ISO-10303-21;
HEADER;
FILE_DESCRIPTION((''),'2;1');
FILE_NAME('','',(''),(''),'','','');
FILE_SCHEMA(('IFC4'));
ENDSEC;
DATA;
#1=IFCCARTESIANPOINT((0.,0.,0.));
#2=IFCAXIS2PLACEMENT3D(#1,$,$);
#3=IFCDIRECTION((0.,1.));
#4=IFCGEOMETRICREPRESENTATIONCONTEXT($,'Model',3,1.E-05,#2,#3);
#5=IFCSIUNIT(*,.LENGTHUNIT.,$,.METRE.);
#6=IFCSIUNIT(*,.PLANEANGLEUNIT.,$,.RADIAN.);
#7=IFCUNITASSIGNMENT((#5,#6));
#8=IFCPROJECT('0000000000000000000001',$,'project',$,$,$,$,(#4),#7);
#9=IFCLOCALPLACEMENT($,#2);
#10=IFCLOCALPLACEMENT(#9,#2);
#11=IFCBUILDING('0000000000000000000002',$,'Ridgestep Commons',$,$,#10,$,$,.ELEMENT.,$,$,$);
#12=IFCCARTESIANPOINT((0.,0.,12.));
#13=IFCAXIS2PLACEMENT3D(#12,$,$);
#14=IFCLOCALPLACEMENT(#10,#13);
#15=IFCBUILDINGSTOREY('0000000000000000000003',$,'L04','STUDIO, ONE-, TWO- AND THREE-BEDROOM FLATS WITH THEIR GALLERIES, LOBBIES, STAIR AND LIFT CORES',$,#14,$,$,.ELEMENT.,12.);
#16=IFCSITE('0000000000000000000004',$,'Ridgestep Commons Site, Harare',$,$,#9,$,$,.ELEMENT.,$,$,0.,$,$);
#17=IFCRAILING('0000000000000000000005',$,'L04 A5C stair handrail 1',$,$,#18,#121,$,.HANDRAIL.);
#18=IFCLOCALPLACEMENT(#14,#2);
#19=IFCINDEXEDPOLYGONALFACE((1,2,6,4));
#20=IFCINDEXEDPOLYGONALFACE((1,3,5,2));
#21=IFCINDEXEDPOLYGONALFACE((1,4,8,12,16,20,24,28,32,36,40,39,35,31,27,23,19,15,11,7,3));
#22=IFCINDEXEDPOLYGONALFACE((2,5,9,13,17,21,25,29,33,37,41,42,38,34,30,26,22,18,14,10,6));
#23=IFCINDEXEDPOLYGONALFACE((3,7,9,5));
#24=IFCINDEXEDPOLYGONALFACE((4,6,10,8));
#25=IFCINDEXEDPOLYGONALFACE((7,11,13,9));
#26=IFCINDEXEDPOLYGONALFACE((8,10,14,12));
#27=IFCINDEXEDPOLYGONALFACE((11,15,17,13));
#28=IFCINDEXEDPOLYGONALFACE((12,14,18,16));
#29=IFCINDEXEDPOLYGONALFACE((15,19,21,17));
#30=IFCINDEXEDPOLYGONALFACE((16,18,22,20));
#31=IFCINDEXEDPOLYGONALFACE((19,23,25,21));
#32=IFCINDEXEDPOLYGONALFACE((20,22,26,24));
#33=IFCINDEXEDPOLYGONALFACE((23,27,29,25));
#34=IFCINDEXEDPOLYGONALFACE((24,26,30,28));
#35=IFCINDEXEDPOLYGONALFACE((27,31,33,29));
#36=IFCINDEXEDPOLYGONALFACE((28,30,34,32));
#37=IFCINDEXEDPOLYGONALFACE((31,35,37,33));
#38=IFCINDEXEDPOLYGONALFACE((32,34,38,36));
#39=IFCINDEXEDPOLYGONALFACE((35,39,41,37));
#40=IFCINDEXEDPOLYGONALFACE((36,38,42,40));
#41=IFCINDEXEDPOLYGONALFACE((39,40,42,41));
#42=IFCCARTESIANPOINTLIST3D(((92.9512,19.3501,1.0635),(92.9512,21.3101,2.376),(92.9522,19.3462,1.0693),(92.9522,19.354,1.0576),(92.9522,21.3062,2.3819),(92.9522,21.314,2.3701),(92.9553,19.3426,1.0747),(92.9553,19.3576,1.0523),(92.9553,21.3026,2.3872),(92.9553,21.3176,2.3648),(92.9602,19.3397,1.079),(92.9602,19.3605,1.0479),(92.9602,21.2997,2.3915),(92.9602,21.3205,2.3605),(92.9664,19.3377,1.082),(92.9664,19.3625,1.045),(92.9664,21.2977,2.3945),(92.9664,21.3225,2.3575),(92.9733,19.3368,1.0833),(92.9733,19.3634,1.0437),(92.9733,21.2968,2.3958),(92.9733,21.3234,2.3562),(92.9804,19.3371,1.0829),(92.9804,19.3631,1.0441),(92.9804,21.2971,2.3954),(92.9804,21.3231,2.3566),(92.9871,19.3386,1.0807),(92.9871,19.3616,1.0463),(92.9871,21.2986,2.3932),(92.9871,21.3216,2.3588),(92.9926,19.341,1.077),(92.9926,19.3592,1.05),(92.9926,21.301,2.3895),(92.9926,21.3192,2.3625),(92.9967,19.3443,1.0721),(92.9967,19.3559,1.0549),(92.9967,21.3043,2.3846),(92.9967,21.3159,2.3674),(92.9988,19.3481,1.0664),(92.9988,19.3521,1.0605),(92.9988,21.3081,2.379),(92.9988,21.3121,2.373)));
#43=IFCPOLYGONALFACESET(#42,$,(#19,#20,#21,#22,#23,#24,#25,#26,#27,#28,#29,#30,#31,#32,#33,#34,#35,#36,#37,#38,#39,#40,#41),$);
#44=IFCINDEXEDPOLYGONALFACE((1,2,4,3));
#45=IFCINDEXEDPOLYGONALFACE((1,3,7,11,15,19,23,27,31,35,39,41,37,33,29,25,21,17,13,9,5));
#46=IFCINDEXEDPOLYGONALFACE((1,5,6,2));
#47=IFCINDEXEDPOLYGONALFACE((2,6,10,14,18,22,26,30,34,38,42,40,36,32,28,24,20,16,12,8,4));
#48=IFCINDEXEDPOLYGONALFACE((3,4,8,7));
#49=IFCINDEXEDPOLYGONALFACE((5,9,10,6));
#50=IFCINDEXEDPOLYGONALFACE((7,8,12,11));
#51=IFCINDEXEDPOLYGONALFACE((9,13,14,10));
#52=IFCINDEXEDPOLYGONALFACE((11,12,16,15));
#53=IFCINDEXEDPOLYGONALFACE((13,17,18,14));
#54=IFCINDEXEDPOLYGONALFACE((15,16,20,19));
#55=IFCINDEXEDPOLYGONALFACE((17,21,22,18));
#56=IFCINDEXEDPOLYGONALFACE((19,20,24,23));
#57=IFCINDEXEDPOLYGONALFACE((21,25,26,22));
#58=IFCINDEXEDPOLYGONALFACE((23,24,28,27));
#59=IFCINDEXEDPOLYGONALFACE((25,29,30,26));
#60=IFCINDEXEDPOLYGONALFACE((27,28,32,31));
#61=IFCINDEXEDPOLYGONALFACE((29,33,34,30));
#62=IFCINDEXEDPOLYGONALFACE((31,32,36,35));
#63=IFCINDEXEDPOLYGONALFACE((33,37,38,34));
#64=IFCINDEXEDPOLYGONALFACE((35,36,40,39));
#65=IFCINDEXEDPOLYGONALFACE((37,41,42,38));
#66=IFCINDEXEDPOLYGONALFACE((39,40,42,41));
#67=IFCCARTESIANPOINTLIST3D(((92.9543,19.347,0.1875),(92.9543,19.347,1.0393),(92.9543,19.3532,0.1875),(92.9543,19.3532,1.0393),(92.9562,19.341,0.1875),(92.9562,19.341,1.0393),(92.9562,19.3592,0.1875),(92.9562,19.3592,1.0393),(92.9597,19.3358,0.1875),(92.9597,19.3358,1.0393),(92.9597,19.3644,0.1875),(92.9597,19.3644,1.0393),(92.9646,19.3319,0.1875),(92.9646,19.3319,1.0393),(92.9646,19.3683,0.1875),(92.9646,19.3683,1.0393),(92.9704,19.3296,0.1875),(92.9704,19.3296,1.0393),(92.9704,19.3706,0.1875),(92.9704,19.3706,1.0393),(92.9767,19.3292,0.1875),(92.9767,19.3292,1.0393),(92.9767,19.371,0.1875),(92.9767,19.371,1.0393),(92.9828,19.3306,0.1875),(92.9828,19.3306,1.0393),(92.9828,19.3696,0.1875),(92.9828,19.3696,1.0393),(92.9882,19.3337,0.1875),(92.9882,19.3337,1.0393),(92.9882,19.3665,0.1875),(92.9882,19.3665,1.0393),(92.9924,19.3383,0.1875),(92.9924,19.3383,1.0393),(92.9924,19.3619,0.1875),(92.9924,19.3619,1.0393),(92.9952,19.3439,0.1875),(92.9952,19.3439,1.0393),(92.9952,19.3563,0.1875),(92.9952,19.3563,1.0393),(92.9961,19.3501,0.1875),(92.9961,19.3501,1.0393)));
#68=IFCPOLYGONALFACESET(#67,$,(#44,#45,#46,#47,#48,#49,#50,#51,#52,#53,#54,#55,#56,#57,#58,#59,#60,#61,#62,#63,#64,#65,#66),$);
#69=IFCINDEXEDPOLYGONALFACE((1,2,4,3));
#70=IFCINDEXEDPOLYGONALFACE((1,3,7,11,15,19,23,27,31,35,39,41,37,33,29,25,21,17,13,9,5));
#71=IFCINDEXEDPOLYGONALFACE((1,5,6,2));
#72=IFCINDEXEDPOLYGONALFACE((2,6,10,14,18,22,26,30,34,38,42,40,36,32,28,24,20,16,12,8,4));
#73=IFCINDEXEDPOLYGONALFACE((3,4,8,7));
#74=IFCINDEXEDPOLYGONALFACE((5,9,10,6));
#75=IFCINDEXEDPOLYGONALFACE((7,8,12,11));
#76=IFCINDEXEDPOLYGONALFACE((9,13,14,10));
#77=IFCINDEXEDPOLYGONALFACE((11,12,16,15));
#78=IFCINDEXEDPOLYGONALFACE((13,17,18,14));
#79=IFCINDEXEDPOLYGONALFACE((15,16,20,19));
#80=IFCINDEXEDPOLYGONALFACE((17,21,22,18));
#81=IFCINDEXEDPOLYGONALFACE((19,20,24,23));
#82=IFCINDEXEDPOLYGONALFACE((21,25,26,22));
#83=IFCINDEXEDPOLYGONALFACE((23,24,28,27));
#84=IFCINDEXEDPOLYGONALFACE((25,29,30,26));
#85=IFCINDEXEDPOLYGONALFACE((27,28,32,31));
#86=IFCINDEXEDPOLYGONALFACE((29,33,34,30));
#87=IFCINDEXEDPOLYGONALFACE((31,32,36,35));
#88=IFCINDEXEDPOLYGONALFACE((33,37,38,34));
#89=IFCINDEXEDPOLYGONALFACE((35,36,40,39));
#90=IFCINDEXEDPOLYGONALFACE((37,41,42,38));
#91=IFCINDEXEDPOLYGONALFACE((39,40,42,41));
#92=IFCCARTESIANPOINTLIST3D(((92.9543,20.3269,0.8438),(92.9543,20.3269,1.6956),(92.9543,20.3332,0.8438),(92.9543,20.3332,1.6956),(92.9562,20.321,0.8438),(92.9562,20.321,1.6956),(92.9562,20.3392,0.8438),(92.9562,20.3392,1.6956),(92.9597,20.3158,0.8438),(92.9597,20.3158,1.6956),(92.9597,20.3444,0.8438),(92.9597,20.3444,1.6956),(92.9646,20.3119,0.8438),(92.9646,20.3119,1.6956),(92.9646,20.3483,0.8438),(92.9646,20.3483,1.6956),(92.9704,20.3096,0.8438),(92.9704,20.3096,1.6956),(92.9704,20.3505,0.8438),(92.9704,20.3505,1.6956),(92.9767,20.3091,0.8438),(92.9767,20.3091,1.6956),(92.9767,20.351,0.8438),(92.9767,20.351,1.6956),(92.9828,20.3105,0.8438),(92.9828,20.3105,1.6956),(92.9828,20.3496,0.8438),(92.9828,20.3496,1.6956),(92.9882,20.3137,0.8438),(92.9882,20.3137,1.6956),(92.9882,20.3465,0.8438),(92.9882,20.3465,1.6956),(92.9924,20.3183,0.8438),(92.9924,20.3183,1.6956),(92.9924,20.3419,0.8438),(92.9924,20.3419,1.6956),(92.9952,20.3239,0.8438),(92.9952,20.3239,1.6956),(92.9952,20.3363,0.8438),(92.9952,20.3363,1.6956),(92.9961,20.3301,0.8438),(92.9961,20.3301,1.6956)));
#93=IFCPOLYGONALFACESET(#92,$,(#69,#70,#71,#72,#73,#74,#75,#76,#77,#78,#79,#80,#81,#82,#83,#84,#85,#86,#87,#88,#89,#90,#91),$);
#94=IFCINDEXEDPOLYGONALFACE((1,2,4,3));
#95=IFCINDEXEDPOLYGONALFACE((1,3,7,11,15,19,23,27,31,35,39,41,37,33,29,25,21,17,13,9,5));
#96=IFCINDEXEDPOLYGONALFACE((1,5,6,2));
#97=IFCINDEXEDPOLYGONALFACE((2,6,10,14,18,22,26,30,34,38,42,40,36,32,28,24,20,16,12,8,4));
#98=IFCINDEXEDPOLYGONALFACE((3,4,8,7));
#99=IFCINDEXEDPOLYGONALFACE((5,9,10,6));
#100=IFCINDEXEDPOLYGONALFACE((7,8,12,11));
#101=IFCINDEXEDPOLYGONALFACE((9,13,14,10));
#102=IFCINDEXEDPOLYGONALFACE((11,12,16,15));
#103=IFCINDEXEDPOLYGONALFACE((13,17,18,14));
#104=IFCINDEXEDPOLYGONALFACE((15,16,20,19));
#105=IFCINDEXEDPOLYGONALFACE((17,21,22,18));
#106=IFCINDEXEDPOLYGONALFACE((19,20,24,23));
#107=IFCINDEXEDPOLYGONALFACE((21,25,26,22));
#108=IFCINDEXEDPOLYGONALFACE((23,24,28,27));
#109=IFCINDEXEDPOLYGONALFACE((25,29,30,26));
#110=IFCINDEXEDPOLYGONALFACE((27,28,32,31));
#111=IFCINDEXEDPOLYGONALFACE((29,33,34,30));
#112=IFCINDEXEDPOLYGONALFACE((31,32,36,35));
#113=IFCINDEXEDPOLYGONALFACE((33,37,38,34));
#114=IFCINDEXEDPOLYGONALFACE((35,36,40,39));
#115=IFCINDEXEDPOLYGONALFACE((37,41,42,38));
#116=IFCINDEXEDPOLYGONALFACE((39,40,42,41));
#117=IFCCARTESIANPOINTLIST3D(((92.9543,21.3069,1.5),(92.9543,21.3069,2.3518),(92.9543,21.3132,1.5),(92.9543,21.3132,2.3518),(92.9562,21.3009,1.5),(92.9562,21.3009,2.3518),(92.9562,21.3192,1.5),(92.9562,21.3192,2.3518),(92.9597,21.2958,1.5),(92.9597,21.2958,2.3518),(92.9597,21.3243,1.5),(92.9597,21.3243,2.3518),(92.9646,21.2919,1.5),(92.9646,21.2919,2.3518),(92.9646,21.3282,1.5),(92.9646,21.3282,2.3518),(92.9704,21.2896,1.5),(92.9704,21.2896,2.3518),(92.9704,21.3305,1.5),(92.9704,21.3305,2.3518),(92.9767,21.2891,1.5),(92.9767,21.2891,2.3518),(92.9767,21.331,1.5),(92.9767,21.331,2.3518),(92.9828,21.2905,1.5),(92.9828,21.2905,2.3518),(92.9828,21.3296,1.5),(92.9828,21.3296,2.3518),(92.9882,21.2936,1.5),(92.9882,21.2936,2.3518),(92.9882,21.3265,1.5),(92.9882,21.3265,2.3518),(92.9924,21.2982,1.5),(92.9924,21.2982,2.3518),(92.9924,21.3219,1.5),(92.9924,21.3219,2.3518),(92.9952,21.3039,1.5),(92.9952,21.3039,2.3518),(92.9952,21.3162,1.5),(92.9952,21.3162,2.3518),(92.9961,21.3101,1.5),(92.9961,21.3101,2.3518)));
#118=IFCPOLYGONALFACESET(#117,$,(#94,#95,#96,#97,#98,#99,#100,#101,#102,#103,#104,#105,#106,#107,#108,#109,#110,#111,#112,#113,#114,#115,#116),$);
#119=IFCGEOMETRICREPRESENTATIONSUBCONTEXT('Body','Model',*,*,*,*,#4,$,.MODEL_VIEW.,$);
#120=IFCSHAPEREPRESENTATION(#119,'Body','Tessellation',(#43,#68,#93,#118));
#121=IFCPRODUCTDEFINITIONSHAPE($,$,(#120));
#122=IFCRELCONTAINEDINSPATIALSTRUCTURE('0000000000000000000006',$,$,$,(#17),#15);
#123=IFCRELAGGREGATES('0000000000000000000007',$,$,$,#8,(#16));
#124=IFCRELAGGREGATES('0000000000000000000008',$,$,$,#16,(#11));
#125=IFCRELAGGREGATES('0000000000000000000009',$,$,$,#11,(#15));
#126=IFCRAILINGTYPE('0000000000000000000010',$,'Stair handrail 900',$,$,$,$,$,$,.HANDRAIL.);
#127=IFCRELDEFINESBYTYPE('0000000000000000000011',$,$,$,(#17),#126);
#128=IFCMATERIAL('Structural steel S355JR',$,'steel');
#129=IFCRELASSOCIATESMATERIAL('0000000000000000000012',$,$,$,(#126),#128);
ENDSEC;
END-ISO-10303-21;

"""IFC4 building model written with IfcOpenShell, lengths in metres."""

from ifc_helpers import new_model, si_unit, direction, frame, origin, origin_2d, place, context, subcontext, project, spatial, circle, extrude, material, type_object, element, save


model = new_model("IFC4")

# Units and contexts
model_context = context("Model", 3, precision=1e-05, world=origin(), true_north=direction((0.0, 1.0)))
body_context = subcontext(model_context, "Body", "Model", "MODEL_VIEW")
ifc_project = project(units=[si_unit("LENGTHUNIT", "METRE"), si_unit("PLANEANGLEUNIT", "RADIAN")], contexts=[model_context])

# Site, building, storey
site_placement = place(None, origin())
site = spatial("IfcSite", under=ifc_project, at=site_placement, Name="Ridgestep Commons Site, Harare", CompositionType="ELEMENT", RefElevation=0.0)
building_placement = place(site_placement, origin())
building = spatial("IfcBuilding", under=site, at=building_placement, Name="Ridgestep Commons", CompositionType="ELEMENT")
storey_placement = place(building_placement, frame((0.0, 0.0, 12.0)))
storey = spatial("IfcBuildingStorey", under=building, at=storey_placement, Name="L04", Description="STUDIO, ONE-, TWO- AND THREE-BEDROOM FLATS WITH THEIR GALLERIES, LOBBIES, STAIR AND LIFT CORES", CompositionType="ELEMENT", Elevation=12.0)

# Railing
ifc_material_1 = material(Name="Structural steel S355JR", Category="steel")
railing_type_1 = type_object("IfcRailingType", Name="Stair handrail 900", PredefinedType="HANDRAIL", material=ifc_material_1)
railing_1_placement = place(storey_placement, frame((92.9751, 19.3501, 0.1875)))
element("IfcRailing", 1, at=railing_1_placement, inside=storey, type_object=railing_type_1, Name="L04 A5C stair handrail 1", PredefinedType="HANDRAIL", context=body_context, shape_type="SweptSolid", body=[
    extrude(circle(Radius=0.0239, at=origin_2d()), frame((0.0, 0.0, 0.876), z_axis=(0.0, 0.830902, 0.556419), x_axis=(-1.0, 0.0, 0.0)), (0.0, 0.0, 1.0), 2.3589),
    extrude(circle(Radius=0.021, at=origin_2d()), origin(), (0.0, 0.0, 1.0), 0.8518),
    extrude(circle(Radius=0.021, at=origin_2d()), frame((0.0, 0.98, 0.6562)), (0.0, 0.0, 1.0), 0.8518),
    extrude(circle(Radius=0.021, at=origin_2d()), frame((0.0, 1.96, 1.3125)), (0.0, 0.0, 1.0), 0.8518),
])

save(model, "model.ifc")
